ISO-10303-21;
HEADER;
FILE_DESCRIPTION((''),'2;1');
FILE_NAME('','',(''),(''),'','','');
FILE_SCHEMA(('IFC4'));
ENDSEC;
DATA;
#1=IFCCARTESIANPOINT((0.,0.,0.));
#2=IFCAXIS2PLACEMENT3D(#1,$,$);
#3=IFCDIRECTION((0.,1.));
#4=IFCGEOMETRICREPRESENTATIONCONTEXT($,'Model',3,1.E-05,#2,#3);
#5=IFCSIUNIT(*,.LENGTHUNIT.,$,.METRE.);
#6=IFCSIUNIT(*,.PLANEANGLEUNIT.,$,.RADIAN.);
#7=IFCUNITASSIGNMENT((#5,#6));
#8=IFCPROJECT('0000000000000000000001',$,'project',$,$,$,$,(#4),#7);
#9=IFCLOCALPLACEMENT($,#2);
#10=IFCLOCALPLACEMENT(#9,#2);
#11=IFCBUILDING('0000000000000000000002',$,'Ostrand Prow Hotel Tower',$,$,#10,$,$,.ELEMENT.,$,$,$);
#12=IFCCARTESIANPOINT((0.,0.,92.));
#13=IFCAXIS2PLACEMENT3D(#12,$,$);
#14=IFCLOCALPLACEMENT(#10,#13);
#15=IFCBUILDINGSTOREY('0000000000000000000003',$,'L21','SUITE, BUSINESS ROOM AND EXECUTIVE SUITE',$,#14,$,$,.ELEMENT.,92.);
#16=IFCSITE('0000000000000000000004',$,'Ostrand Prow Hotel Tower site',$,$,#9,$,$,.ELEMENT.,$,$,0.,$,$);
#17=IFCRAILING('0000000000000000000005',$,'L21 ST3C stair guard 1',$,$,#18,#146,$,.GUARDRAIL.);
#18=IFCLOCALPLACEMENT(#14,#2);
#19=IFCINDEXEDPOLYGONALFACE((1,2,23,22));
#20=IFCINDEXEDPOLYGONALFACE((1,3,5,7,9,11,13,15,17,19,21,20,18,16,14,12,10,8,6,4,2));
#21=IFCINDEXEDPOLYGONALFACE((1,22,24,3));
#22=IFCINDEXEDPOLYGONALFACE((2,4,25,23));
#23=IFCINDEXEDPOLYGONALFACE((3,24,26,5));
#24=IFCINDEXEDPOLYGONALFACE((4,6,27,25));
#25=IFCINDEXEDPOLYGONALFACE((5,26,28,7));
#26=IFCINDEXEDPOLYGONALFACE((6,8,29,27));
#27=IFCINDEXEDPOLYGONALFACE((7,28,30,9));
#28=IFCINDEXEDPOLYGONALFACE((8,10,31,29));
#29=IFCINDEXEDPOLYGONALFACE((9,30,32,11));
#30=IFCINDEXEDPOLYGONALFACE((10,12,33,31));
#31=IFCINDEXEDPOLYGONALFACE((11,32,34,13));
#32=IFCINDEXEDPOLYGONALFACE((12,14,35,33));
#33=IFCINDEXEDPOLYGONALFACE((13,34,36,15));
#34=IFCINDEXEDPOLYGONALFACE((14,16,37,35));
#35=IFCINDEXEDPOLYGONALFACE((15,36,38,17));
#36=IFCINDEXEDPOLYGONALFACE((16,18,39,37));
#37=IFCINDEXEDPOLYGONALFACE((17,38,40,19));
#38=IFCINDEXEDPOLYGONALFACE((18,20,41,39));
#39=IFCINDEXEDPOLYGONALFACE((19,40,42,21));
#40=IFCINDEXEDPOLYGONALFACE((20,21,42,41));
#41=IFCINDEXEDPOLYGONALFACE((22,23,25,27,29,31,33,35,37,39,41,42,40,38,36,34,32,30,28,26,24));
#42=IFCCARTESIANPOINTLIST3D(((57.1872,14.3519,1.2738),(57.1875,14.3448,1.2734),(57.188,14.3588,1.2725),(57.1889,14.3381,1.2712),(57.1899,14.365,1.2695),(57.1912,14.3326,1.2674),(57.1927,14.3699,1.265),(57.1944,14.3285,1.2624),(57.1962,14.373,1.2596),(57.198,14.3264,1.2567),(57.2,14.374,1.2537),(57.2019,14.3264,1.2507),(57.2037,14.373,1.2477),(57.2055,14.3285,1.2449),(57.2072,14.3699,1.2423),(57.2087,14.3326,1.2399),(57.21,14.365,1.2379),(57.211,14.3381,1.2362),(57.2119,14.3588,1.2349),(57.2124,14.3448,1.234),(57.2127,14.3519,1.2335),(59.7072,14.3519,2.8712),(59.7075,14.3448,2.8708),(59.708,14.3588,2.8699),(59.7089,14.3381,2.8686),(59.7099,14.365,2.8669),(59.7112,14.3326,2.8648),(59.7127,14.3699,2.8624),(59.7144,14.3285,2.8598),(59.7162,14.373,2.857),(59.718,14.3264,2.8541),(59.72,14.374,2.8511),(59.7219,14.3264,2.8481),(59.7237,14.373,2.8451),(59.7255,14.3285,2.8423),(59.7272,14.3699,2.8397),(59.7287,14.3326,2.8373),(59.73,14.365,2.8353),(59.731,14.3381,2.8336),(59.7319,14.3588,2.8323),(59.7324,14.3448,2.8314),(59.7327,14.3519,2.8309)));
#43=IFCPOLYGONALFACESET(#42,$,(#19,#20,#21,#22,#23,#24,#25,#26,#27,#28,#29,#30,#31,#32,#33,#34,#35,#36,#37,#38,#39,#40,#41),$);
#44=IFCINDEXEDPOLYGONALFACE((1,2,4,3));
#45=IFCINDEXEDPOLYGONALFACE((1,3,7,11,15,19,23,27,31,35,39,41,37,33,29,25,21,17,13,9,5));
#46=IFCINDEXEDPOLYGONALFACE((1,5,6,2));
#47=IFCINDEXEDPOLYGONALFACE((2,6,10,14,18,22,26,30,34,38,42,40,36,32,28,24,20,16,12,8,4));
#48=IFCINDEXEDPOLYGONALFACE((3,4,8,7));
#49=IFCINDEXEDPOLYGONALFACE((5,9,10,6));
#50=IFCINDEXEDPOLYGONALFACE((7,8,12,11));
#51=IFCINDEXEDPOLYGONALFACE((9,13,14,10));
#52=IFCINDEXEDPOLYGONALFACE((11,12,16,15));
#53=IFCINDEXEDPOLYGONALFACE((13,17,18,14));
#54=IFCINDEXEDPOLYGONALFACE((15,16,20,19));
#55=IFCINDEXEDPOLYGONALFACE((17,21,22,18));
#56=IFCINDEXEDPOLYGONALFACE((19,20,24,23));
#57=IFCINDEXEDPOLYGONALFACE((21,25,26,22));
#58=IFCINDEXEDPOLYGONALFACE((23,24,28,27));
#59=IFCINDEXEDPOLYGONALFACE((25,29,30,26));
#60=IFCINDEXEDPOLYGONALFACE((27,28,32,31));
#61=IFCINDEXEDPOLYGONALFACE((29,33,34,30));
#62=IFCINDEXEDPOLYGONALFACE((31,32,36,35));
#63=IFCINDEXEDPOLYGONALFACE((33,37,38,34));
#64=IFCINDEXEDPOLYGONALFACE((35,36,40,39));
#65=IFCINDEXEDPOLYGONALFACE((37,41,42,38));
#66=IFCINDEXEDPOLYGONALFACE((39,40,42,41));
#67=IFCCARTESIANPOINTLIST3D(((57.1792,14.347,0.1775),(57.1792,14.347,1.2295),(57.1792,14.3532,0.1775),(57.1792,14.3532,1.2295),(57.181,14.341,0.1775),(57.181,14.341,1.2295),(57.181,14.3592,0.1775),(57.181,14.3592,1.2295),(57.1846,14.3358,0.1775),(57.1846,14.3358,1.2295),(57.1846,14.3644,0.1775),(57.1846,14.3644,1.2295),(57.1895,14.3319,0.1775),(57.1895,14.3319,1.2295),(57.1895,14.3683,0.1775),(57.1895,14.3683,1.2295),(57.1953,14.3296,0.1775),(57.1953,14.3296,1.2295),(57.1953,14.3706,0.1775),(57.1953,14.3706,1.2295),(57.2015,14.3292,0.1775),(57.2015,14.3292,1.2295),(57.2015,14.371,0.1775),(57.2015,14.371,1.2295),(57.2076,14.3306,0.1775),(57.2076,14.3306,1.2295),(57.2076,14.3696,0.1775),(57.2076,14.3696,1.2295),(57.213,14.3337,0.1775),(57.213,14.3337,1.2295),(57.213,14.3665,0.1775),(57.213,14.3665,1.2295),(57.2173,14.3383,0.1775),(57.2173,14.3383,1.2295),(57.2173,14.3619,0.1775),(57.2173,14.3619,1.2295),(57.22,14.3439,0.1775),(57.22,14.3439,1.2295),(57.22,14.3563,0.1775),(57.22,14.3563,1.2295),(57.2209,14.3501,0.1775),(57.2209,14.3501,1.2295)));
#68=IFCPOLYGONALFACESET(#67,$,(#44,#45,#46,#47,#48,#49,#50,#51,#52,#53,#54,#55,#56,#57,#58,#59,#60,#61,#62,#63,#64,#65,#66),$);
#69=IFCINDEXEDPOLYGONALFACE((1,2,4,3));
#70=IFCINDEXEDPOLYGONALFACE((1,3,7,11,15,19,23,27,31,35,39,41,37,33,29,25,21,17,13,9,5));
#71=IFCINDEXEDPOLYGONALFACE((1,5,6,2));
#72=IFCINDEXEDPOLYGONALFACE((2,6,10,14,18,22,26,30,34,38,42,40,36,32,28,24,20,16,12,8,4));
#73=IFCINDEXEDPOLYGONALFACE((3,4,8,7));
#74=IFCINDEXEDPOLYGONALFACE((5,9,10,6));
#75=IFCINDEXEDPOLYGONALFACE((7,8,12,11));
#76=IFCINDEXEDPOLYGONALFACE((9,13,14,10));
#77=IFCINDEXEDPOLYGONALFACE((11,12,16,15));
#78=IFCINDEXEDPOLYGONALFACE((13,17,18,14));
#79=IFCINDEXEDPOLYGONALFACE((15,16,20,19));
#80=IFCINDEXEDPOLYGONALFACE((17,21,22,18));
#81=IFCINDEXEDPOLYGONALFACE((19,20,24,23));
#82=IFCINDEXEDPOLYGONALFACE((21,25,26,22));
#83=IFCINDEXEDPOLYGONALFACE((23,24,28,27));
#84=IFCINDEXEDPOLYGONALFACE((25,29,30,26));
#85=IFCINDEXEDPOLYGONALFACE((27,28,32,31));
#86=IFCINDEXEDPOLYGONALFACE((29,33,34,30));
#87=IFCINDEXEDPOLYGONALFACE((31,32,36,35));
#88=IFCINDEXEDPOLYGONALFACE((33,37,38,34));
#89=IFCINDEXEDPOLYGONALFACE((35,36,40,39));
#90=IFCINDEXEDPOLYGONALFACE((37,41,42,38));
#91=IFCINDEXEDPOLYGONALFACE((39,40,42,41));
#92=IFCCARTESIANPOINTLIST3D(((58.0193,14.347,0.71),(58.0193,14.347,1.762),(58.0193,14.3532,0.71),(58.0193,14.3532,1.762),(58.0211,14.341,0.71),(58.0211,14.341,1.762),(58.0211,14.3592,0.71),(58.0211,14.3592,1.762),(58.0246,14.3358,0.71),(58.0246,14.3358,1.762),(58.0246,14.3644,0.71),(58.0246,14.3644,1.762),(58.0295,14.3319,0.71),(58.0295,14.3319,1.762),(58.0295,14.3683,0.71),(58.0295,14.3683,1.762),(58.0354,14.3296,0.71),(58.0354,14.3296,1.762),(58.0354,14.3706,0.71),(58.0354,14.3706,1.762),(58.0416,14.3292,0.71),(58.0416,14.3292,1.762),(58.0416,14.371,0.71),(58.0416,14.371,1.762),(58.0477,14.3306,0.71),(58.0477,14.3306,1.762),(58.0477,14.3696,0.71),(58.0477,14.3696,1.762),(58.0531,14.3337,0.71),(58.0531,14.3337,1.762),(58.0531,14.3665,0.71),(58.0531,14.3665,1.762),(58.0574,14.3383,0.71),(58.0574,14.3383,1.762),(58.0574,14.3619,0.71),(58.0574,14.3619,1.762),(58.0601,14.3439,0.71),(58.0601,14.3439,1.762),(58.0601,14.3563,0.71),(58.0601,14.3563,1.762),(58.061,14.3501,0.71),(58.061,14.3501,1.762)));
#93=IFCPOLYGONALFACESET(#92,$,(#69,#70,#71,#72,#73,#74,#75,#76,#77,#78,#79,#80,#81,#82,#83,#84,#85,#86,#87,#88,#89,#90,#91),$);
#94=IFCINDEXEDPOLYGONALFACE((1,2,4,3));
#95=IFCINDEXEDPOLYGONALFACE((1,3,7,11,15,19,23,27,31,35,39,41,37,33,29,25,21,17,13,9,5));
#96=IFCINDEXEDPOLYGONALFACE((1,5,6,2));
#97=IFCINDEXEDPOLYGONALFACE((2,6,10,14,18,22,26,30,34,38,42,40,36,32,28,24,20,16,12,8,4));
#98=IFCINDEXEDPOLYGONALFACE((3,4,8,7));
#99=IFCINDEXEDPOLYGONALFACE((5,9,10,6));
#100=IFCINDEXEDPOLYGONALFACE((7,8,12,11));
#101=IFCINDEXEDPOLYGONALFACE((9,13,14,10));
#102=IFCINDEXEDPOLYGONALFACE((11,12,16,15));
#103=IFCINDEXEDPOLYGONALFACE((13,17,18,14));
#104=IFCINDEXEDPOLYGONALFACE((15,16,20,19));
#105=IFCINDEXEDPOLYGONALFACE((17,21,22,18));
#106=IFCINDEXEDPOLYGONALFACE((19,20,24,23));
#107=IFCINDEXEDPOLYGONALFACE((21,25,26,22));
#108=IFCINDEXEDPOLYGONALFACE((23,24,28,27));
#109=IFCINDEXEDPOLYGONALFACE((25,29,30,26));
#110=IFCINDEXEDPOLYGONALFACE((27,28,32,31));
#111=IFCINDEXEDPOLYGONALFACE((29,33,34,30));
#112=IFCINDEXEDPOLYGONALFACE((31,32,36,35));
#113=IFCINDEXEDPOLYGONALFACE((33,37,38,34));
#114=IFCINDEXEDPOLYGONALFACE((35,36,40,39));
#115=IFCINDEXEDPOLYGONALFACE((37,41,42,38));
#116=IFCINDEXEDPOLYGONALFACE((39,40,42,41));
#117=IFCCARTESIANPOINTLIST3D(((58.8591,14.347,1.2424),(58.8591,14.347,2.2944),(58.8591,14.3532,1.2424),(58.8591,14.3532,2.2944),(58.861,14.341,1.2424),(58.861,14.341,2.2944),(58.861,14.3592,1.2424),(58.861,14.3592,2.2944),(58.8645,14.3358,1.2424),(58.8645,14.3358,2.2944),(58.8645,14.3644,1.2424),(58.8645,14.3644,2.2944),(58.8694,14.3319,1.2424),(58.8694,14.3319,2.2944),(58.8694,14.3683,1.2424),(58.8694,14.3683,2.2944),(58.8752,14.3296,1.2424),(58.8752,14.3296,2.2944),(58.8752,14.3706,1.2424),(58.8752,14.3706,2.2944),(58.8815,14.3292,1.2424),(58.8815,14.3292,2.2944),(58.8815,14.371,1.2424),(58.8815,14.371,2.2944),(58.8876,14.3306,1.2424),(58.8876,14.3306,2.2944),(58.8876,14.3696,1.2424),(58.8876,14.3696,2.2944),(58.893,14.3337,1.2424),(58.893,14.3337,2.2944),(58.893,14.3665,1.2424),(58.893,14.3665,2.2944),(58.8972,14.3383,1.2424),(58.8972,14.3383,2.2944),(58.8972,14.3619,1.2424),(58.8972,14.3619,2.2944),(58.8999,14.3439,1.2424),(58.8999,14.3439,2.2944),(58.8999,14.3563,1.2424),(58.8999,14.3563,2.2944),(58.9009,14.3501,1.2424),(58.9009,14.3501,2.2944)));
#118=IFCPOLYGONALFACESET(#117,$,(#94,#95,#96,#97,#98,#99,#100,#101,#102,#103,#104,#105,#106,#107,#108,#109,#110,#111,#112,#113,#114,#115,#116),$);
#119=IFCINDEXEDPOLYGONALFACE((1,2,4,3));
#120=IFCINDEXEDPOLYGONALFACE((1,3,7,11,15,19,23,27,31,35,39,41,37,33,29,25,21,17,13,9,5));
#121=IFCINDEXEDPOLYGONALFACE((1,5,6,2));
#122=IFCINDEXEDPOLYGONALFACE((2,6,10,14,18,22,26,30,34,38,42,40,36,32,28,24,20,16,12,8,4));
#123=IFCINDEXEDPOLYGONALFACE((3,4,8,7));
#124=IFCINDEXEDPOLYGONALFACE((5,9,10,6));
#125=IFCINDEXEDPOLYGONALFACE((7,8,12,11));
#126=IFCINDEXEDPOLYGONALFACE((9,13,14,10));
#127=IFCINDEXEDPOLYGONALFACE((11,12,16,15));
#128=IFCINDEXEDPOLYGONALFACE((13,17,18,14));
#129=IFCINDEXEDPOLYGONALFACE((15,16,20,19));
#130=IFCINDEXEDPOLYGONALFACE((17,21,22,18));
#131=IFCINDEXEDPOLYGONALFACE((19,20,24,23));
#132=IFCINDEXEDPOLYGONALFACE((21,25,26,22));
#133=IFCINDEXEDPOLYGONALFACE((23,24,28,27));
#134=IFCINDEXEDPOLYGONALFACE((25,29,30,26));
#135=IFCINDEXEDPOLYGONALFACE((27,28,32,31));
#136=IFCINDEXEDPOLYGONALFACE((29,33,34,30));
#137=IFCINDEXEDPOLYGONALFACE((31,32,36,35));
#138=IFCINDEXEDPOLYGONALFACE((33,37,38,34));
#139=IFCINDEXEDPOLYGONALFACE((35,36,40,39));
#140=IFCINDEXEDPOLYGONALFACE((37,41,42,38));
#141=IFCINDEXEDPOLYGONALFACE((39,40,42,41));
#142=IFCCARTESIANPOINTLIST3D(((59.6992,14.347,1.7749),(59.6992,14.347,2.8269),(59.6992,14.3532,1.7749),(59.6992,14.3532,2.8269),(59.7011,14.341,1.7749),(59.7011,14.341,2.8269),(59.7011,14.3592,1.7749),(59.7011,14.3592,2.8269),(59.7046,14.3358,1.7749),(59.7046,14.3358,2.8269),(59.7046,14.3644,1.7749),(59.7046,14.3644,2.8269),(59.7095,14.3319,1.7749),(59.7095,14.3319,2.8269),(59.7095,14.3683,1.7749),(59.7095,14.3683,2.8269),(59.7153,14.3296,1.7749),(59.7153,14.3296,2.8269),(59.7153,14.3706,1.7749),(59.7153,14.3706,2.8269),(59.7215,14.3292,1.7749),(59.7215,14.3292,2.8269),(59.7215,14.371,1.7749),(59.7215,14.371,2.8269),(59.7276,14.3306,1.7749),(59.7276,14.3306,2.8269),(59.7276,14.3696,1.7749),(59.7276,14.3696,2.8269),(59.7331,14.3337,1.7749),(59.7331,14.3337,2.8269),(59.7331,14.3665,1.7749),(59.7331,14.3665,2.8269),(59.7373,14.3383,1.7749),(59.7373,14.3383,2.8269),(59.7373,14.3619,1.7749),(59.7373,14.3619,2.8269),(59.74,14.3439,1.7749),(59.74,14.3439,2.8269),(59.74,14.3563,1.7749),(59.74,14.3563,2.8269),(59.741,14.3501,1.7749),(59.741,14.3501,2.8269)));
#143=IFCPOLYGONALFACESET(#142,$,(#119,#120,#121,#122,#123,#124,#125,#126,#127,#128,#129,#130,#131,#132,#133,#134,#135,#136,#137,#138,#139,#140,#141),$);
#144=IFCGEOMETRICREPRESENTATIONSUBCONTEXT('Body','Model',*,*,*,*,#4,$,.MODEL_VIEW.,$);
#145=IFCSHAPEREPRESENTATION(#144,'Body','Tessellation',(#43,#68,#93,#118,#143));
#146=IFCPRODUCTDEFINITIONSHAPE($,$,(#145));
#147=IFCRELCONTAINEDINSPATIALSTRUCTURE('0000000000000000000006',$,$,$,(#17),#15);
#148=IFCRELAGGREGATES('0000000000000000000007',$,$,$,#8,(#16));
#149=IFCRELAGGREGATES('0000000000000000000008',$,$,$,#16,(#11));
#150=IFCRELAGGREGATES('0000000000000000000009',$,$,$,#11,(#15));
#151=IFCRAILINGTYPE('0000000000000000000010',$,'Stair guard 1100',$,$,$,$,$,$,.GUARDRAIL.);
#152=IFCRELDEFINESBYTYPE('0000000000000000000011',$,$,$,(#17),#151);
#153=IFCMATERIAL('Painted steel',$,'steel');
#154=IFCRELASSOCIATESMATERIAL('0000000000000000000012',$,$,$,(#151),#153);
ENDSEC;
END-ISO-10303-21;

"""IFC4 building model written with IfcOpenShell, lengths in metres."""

from ifc_helpers import new_model, si_unit, direction, frame, origin, origin_2d, place, context, subcontext, project, spatial, circle, extrude, material, type_object, element, save


model = new_model("IFC4")

# Units and contexts
model_context = context("Model", 3, precision=1e-05, world=origin(), true_north=direction((0.0, 1.0)))
body_context = subcontext(model_context, "Body", "Model", "MODEL_VIEW")
ifc_project = project(units=[si_unit("LENGTHUNIT", "METRE"), si_unit("PLANEANGLEUNIT", "RADIAN")], contexts=[model_context])

# Site, building, storey
site_placement = place(None, origin())
site = spatial("IfcSite", under=ifc_project, at=site_placement, Name="Ostrand Prow Hotel Tower site", CompositionType="ELEMENT", RefElevation=0.0)
building_placement = place(site_placement, origin())
building = spatial("IfcBuilding", under=site, at=building_placement, Name="Ostrand Prow Hotel Tower", CompositionType="ELEMENT")
storey_placement = place(building_placement, frame((0.0, 0.0, 92.0)))
storey = spatial("IfcBuildingStorey", under=building, at=storey_placement, Name="L21", Description="SUITE, BUSINESS ROOM AND EXECUTIVE SUITE", CompositionType="ELEMENT", Elevation=92.0)

# Railing
ifc_material_1 = material(Name="Painted steel", Category="steel")
railing_type_1 = type_object("IfcRailingType", Name="Stair guard 1100", PredefinedType="GUARDRAIL", material=ifc_material_1)
railing_1_placement = place(storey_placement, frame((57.2, 14.3501, 0.1775)))
element("IfcRailing", 1, at=railing_1_placement, inside=storey, type_object=railing_type_1, Name="L21 ST3C stair guard 1", PredefinedType="GUARDRAIL", context=body_context, shape_type="SweptSolid", body=[
    extrude(circle(Radius=0.0239, at=origin_2d()), frame((0.0, 0.0, 1.0762), z_axis=(0.844607, 0.0, 0.535387), x_axis=(0.0, 1.0, 0.0)), (0.0, 0.0, 1.0), 2.9836),
    extrude(circle(Radius=0.021, at=origin_2d()), origin(), (0.0, 0.0, 1.0), 1.052),
    extrude(circle(Radius=0.021, at=origin_2d()), frame((0.8401, 0.0, 0.5325)), (0.0, 0.0, 1.0), 1.052),
    extrude(circle(Radius=0.021, at=origin_2d()), frame((1.6799, 0.0, 1.0649)), (0.0, 0.0, 1.0), 1.052),
    extrude(circle(Radius=0.021, at=origin_2d()), frame((2.52, 0.0, 1.5974)), (0.0, 0.0, 1.0), 1.052),
])

save(model, "model.ifc")
